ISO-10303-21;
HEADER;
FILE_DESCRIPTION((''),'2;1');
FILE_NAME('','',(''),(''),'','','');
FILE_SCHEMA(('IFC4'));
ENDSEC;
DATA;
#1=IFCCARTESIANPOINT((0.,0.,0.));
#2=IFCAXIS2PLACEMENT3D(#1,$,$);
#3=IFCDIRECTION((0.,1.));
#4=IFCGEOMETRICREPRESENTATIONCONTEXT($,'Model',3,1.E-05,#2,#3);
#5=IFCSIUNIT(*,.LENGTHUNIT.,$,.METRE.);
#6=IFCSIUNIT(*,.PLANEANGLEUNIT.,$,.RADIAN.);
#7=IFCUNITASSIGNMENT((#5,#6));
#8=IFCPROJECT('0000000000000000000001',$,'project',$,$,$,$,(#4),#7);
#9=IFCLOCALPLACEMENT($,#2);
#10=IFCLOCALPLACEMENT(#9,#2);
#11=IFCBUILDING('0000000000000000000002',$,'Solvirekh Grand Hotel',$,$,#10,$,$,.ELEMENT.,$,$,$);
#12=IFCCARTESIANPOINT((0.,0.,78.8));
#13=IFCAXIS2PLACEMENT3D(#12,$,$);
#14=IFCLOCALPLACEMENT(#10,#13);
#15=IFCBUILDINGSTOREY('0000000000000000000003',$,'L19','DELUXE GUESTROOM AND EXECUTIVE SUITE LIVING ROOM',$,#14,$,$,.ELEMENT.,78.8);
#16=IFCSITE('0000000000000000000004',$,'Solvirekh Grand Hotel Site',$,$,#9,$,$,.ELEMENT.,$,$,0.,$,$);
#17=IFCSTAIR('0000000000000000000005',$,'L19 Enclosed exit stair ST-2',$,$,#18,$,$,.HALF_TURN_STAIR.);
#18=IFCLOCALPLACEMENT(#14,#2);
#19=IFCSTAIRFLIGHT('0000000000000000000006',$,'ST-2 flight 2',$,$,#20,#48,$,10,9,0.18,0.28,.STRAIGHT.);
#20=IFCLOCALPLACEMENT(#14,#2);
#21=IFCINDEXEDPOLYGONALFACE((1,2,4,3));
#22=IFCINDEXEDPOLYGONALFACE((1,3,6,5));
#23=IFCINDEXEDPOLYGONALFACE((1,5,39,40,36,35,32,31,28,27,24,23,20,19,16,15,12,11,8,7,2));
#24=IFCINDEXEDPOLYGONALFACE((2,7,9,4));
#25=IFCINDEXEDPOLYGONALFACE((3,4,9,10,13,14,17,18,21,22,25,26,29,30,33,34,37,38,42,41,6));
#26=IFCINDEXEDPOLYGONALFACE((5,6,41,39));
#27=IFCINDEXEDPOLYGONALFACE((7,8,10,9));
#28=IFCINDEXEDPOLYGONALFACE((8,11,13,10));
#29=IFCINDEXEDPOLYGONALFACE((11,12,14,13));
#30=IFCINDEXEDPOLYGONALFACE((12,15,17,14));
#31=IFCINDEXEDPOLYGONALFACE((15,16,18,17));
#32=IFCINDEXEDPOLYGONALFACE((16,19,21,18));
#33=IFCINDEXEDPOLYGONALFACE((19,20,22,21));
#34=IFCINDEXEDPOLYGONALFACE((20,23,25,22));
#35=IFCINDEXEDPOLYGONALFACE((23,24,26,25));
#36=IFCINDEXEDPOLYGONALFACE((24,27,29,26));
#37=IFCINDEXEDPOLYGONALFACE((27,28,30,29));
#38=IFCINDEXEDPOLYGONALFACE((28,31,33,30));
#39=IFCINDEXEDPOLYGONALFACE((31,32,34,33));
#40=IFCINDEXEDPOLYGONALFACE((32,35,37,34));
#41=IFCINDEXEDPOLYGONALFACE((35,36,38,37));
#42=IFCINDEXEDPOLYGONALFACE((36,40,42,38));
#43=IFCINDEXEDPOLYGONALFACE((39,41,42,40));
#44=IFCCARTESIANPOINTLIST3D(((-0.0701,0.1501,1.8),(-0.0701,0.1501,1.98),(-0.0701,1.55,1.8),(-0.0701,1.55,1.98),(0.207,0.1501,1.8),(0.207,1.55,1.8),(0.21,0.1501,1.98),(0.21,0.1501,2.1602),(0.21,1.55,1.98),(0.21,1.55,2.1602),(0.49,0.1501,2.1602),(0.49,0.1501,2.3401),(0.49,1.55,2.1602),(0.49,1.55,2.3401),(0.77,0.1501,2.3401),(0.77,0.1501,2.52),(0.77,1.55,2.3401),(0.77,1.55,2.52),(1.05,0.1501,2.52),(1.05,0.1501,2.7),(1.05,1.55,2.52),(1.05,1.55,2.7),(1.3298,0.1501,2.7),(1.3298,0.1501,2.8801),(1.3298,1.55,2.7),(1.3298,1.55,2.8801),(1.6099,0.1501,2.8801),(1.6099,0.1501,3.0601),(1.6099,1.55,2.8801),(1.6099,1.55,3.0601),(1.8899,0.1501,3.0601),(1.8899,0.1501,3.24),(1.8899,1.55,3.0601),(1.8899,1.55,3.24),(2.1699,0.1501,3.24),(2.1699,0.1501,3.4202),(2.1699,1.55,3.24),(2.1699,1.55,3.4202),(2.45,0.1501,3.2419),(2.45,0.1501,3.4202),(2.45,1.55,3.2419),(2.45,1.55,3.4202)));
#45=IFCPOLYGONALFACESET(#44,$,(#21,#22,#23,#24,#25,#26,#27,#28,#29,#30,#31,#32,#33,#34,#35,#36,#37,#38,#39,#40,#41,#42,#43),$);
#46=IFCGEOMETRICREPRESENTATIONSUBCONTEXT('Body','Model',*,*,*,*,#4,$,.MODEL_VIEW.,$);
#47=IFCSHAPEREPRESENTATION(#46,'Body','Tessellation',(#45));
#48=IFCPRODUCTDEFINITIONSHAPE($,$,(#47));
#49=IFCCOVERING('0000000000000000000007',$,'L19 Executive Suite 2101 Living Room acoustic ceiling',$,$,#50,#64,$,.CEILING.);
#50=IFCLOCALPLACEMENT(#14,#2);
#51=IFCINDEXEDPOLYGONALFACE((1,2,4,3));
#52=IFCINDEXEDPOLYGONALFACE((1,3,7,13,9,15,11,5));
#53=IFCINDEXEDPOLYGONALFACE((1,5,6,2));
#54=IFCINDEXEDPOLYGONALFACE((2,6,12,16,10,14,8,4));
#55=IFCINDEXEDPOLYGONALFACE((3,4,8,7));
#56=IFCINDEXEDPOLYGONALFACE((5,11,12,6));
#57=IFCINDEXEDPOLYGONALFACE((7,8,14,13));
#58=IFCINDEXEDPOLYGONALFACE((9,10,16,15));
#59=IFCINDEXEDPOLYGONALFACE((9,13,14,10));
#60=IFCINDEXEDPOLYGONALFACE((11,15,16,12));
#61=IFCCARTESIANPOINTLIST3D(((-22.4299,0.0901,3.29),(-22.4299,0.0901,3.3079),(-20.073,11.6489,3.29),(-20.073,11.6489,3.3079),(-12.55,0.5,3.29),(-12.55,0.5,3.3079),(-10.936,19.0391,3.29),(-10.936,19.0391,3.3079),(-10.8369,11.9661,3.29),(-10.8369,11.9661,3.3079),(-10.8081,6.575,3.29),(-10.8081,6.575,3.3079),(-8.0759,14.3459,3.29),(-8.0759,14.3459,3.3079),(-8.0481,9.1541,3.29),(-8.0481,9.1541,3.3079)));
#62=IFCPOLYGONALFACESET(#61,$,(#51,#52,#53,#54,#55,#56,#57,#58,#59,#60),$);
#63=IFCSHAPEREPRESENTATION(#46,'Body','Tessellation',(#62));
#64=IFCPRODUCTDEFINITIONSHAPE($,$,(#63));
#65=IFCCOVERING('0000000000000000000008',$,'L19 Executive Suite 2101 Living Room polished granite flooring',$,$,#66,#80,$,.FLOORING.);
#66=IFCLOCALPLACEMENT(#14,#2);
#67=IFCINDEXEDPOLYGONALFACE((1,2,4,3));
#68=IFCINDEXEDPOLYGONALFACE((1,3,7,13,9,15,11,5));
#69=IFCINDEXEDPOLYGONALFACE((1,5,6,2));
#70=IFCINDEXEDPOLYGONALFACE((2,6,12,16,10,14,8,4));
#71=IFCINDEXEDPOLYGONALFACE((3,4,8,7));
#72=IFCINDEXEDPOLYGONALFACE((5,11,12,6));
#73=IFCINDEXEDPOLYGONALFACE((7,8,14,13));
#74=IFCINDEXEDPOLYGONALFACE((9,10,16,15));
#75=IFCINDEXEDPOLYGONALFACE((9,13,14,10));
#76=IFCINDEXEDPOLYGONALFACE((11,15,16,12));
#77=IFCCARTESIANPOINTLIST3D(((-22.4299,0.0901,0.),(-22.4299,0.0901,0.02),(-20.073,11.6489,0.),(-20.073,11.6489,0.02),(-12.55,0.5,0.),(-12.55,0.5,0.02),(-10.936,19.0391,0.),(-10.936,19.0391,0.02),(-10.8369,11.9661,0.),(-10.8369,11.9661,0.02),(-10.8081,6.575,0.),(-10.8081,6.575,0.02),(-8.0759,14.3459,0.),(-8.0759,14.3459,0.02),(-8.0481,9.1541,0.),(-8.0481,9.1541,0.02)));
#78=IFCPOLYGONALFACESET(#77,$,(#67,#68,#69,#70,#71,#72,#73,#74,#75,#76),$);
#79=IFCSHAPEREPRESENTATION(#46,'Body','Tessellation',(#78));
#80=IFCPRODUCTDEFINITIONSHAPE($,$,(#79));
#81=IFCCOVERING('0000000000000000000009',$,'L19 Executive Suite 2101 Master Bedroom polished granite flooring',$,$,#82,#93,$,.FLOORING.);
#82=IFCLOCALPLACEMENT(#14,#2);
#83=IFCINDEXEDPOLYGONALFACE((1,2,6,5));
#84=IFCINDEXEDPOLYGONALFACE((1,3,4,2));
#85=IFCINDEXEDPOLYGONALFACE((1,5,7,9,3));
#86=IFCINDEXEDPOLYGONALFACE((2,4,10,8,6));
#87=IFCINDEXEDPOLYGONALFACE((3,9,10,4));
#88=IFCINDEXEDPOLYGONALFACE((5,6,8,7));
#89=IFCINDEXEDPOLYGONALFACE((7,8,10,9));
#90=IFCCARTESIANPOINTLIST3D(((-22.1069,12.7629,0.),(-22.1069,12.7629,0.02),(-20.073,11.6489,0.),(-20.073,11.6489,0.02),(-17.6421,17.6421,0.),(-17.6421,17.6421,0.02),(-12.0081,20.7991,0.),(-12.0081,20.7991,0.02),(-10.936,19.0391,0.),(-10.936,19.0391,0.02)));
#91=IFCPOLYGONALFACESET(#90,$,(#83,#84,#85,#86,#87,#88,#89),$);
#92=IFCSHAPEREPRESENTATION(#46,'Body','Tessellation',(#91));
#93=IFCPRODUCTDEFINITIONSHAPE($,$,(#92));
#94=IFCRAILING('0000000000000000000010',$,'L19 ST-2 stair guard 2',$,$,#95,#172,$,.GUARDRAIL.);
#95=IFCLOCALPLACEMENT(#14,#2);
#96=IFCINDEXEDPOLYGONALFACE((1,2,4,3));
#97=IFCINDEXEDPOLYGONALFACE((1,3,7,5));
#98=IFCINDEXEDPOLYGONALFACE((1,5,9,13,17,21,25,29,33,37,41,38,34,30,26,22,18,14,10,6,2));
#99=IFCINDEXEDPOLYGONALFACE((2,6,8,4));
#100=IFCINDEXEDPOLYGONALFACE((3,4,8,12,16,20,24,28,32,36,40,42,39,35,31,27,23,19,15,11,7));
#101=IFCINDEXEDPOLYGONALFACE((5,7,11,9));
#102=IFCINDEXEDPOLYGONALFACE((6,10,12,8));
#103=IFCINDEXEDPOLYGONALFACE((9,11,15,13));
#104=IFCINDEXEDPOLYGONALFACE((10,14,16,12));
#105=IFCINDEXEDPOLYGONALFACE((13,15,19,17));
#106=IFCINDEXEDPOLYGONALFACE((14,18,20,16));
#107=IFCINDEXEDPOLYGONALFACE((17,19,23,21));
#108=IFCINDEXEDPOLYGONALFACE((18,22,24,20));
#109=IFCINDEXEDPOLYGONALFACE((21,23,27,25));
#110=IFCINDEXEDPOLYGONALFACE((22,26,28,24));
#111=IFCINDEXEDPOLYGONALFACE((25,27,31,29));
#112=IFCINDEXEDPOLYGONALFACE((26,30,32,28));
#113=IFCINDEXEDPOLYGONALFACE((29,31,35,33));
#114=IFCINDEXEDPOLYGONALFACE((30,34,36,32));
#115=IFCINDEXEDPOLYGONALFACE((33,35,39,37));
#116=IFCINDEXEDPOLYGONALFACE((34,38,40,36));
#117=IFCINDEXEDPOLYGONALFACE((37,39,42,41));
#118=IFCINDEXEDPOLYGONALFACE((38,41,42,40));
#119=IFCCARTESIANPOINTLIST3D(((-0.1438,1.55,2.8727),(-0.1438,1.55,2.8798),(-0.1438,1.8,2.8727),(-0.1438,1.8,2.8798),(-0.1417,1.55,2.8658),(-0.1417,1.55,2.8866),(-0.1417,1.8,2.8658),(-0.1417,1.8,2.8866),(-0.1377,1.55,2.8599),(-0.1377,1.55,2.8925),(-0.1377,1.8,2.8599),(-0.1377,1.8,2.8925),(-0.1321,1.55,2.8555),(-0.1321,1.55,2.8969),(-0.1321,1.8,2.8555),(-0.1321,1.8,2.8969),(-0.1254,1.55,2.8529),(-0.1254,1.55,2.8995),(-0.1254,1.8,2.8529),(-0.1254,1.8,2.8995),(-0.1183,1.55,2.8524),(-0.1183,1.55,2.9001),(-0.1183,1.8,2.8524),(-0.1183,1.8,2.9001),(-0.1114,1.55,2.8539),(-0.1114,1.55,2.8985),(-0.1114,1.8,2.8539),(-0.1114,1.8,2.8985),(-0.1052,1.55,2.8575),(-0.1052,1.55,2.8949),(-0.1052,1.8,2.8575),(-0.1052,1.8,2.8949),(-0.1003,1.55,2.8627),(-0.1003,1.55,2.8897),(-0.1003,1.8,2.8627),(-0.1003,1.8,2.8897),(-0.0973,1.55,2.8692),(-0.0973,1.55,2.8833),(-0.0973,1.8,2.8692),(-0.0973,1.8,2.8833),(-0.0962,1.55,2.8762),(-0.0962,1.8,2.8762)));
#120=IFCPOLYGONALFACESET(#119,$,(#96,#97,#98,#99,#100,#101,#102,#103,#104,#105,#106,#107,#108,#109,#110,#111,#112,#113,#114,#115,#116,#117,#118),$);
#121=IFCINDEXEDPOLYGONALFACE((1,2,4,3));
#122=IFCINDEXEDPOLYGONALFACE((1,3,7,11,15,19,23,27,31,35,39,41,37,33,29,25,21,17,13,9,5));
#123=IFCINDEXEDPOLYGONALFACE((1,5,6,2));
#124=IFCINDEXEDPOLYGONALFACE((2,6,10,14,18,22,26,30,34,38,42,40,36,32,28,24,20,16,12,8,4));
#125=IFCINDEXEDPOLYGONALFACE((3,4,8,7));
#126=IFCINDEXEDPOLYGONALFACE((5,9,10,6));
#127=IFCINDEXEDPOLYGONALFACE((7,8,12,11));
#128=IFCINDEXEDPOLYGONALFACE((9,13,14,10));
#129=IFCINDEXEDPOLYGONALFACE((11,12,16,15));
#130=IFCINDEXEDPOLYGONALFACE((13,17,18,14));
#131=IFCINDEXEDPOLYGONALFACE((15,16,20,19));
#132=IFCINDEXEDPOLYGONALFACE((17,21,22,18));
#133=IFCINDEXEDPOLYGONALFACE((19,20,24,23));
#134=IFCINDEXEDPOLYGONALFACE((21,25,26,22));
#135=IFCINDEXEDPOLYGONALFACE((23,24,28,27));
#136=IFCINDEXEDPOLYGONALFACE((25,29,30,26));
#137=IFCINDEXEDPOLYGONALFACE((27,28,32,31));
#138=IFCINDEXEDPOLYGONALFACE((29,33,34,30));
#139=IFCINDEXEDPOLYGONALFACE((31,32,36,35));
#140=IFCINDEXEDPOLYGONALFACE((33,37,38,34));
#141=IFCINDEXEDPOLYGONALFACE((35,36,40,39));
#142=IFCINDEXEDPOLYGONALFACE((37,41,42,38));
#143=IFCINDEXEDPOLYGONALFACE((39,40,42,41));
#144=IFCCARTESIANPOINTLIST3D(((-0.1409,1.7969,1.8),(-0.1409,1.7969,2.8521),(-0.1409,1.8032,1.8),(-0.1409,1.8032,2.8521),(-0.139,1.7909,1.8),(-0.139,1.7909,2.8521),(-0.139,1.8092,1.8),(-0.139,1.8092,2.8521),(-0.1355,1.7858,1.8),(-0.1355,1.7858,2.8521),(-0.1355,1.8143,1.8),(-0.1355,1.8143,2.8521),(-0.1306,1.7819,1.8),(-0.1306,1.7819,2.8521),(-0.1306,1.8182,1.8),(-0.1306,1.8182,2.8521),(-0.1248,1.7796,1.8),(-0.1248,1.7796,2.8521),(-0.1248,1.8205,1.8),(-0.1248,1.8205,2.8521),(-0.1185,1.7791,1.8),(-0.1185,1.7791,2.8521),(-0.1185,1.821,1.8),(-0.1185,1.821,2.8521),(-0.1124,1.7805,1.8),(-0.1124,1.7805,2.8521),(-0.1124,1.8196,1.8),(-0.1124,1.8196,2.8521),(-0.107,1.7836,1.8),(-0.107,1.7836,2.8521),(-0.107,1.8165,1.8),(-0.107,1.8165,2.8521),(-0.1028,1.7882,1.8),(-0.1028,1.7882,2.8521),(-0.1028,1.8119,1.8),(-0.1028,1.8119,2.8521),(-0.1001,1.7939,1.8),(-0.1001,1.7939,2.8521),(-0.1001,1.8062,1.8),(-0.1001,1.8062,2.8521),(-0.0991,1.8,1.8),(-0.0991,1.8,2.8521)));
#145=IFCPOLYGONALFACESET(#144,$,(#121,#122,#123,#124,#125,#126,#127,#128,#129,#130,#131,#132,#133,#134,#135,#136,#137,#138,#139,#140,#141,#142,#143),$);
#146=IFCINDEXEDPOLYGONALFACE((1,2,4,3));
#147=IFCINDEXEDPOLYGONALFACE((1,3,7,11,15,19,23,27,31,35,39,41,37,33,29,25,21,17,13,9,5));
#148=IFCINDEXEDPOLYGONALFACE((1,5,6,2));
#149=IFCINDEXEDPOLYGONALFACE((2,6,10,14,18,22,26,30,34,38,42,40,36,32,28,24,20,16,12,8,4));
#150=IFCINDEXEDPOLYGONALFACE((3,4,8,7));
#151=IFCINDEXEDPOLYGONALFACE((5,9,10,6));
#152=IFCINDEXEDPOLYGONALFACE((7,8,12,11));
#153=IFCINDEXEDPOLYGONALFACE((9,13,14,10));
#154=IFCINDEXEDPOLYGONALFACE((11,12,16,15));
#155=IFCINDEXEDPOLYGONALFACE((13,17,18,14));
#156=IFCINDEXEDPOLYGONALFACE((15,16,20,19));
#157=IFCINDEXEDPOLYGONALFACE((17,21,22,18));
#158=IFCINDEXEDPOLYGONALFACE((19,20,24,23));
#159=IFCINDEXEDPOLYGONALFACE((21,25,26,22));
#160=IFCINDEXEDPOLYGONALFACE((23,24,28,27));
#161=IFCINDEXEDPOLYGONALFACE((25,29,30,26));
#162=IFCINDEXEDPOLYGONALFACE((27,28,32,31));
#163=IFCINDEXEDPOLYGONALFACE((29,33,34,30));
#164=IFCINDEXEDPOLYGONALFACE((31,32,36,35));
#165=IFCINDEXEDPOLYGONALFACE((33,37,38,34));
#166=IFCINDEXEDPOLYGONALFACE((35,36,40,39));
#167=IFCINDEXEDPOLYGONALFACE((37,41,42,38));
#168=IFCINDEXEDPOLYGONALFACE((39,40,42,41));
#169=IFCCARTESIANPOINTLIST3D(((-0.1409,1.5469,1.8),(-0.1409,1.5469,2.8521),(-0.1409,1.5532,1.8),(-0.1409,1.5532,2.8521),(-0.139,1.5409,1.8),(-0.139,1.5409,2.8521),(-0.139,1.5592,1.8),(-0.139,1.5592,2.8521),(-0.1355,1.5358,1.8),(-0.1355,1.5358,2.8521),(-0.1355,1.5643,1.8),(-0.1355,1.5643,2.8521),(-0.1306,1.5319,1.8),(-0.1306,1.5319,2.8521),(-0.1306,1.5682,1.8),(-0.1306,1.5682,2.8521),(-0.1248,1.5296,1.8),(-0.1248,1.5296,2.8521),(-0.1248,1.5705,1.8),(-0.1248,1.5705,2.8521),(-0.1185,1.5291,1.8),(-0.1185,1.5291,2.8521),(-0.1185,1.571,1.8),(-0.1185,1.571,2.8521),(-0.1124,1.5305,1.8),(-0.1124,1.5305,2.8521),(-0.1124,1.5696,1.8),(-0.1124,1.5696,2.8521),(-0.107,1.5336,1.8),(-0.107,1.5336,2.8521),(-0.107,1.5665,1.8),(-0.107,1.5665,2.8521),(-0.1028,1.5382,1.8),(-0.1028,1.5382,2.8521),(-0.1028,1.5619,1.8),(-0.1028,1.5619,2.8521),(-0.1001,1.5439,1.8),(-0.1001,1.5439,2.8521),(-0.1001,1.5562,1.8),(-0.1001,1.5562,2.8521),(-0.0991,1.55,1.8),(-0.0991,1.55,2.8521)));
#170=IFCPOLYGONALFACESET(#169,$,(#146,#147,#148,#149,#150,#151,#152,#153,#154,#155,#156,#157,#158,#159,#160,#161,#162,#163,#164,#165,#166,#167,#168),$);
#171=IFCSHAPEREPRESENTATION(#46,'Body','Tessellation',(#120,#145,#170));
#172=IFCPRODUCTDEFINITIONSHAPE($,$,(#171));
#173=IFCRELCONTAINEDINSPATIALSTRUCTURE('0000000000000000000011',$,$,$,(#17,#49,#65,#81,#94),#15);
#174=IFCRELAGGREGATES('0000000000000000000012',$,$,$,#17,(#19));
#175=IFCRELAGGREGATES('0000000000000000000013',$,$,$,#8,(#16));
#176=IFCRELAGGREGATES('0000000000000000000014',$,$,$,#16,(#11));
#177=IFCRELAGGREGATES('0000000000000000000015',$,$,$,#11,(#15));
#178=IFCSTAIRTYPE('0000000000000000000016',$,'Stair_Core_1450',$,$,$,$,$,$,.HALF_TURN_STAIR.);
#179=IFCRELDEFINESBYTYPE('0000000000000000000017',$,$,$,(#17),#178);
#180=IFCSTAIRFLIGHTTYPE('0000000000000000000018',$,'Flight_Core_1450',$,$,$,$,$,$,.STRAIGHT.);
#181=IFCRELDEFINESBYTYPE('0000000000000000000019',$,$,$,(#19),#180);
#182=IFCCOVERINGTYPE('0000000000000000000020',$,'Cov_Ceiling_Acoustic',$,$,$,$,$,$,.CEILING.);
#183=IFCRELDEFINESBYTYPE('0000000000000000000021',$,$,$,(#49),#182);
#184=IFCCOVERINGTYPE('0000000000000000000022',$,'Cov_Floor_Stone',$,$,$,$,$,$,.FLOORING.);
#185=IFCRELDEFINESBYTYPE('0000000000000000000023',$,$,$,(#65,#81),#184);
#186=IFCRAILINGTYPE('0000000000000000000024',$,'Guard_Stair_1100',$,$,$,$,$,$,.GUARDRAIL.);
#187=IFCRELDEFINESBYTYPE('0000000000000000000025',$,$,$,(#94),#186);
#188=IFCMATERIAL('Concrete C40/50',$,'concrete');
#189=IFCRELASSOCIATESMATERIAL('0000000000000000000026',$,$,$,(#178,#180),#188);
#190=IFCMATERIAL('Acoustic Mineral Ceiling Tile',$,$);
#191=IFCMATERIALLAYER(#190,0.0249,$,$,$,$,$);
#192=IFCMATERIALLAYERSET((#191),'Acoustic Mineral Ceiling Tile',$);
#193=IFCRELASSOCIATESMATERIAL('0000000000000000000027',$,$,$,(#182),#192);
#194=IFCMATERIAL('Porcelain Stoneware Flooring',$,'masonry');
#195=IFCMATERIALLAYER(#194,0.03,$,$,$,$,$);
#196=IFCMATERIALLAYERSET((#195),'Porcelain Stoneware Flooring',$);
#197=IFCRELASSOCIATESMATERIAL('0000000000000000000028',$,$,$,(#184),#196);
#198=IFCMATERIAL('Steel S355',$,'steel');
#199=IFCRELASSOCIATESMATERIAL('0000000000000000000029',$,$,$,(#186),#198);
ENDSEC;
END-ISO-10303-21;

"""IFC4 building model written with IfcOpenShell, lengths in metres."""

from ifc_helpers import new_model, si_unit, direction, frame, origin, origin_2d, place, context, subcontext, project, spatial, polyline, circle, outline, extrude, material, layer, layer_set, type_object, element, aggregate, save


model = new_model("IFC4")

# Units and contexts
model_context = context("Model", 3, precision=1e-05, world=origin(), true_north=direction((0.0, 1.0)))
body_context = subcontext(model_context, "Body", "Model", "MODEL_VIEW")
ifc_project = project(units=[si_unit("LENGTHUNIT", "METRE"), si_unit("PLANEANGLEUNIT", "RADIAN")], contexts=[model_context])

# Site, building, storey
site_placement = place(None, origin())
site = spatial("IfcSite", under=ifc_project, at=site_placement, Name="Solvirekh Grand Hotel Site", CompositionType="ELEMENT", RefElevation=0.0)
building_placement = place(site_placement, origin())
building = spatial("IfcBuilding", under=site, at=building_placement, Name="Solvirekh Grand Hotel", CompositionType="ELEMENT")
storey_placement = place(building_placement, frame((0.0, 0.0, 78.8)))
storey = spatial("IfcBuildingStorey", under=building, at=storey_placement, Name="L19", Description="DELUXE GUESTROOM AND EXECUTIVE SUITE LIVING ROOM", CompositionType="ELEMENT", Elevation=78.8)

# Stair
ifc_material_1 = material(Name="Concrete C40/50", Category="concrete")
stair_type = type_object("IfcStairType", Name="Stair_Core_1450", PredefinedType="HALF_TURN_STAIR", material=ifc_material_1)
stair_1_placement = place(storey_placement, origin())
stair_1 = element("IfcStair", 1, at=stair_1_placement, inside=storey, type_object=stair_type, Name="L19 Enclosed exit stair ST-2", PredefinedType="HALF_TURN_STAIR")

# Stair flight
stair_flight_type = type_object("IfcStairFlightType", Name="Flight_Core_1450", PredefinedType="STRAIGHT", material=ifc_material_1)
stair_flight_placement = place(storey_placement, frame((-0.0701, 0.8501, 1.8), z_axis=(0.0, 0.0, 1.0), x_axis=(1.0, 0.0, 0.0)))
stair_flight = element("IfcStairFlight", 2, at=stair_flight_placement, type_object=stair_flight_type, Name="ST-2 flight 2", NumberOfRisers=10, NumberOfTreads=9, PredefinedType="STRAIGHT", RiserHeight=0.18, TreadLength=0.28, context=body_context, shape_type="SweptSolid", body=[
    extrude(outline(polyline([(0.0, 0.0), (0.0, 0.1799), (0.28, 0.1799), (0.28, 0.3601), (0.5601, 0.3601), (0.5601, 0.54), (0.8401, 0.54), (0.8401, 0.72), (1.1201, 0.72), (1.1201, 0.8999), (1.3999, 0.8999), (1.3999, 1.0801), (1.6799, 1.0801), (1.6799, 1.26), (1.96, 1.26), (1.96, 1.4399), (2.24, 1.4399), (2.24, 1.6201), (2.52, 1.6201), (2.52, 1.8), (2.52, 1.4419), (0.2771, 0.0), (0.0, 0.0)])), frame((0.0, 0.7, 0.0), z_axis=(0.0, -1.0, 0.0), x_axis=(1.0, 0.0, 0.0)), (0.0, 0.0, 1.0), 1.3999),
])
aggregate(stair_1, [stair_flight])

# Coverings
ifc_material_2 = material(Name="Acoustic Mineral Ceiling Tile")
ifc_layer_1 = layer(ifc_material_2, 0.0249)
ifc_layer_set_1 = layer_set([ifc_layer_1], Name="Acoustic Mineral Ceiling Tile")
covering_type_1 = type_object("IfcCoveringType", Name="Cov_Ceiling_Acoustic", PredefinedType="CEILING", material=ifc_layer_set_1)
covering_1_placement = place(storey_placement, frame((0.0, 0.0, 3.29)))
element("IfcCovering", 3, at=covering_1_placement, inside=storey, type_object=covering_type_1, Name="L19 Executive Suite 2101 Living Room acoustic ceiling", PredefinedType="CEILING", context=body_context, shape_type="SweptSolid", body=[
    extrude(outline(polyline([(-10.8369, 11.9661), (-8.0759, 14.3459), (-10.936, 19.0391), (-20.073, 11.6489), (-22.4299, 0.0901), (-12.55, 0.5), (-10.8081, 6.575), (-8.0481, 9.1541), (-10.8369, 11.9661)])), origin(), (0.0, 0.0, 1.0), 0.0178),
])
ifc_material_3 = material(Name="Porcelain Stoneware Flooring", Category="masonry")
ifc_layer_2 = layer(ifc_material_3, 0.03)
ifc_layer_set_2 = layer_set([ifc_layer_2], Name="Porcelain Stoneware Flooring")
covering_type_2 = type_object("IfcCoveringType", Name="Cov_Floor_Stone", PredefinedType="FLOORING", material=ifc_layer_set_2)
covering_2_placement = place(storey_placement, origin())
element("IfcCovering", 4, at=covering_2_placement, inside=storey, type_object=covering_type_2, Name="L19 Executive Suite 2101 Living Room polished granite flooring", PredefinedType="FLOORING", context=body_context, shape_type="SweptSolid", body=[
    extrude(outline(polyline([(-10.8369, 11.9661), (-8.0759, 14.3459), (-10.936, 19.0391), (-20.073, 11.6489), (-22.4299, 0.0901), (-12.55, 0.5), (-10.8081, 6.575), (-8.0481, 9.1541), (-10.8369, 11.9661)])), origin(), (0.0, 0.0, 1.0), 0.02),
])
covering_3_placement = place(storey_placement, origin())
element("IfcCovering", 5, at=covering_3_placement, inside=storey, type_object=covering_type_2, Name="L19 Executive Suite 2101 Master Bedroom polished granite flooring", PredefinedType="FLOORING", context=body_context, shape_type="SweptSolid", body=[
    extrude(outline(polyline([(-12.0081, 20.7991), (-17.6421, 17.6421), (-22.1069, 12.7629), (-20.073, 11.6489), (-10.936, 19.0391), (-12.0081, 20.7991)])), origin(), (0.0, 0.0, 1.0), 0.02),
])

# Railing
ifc_material_4 = material(Name="Steel S355", Category="steel")
railing_type_1 = type_object("IfcRailingType", Name="Guard_Stair_1100", PredefinedType="GUARDRAIL", material=ifc_material_4)
railing_1_placement = place(storey_placement, frame((-0.1201, 1.8, 1.8)))
element("IfcRailing", 6, at=railing_1_placement, inside=storey, type_object=railing_type_1, Name="L19 ST-2 stair guard 2", PredefinedType="GUARDRAIL", context=body_context, shape_type="SweptSolid", body=[
    extrude(circle(Radius=0.0239, at=origin_2d()), frame((0.0, 0.0, 1.0762), z_axis=(0.0, -1.0, 0.0), x_axis=(1.0, 0.0, 0.0)), (0.0, 0.0, 1.0), 0.25),
    extrude(circle(Radius=0.021, at=origin_2d()), origin(), (0.0, 0.0, 1.0), 1.052),
    extrude(circle(Radius=0.021, at=origin_2d()), frame((0.0, -0.25, 0.0)), (0.0, 0.0, 1.0), 1.052),
])

save(model, "model.ifc")
